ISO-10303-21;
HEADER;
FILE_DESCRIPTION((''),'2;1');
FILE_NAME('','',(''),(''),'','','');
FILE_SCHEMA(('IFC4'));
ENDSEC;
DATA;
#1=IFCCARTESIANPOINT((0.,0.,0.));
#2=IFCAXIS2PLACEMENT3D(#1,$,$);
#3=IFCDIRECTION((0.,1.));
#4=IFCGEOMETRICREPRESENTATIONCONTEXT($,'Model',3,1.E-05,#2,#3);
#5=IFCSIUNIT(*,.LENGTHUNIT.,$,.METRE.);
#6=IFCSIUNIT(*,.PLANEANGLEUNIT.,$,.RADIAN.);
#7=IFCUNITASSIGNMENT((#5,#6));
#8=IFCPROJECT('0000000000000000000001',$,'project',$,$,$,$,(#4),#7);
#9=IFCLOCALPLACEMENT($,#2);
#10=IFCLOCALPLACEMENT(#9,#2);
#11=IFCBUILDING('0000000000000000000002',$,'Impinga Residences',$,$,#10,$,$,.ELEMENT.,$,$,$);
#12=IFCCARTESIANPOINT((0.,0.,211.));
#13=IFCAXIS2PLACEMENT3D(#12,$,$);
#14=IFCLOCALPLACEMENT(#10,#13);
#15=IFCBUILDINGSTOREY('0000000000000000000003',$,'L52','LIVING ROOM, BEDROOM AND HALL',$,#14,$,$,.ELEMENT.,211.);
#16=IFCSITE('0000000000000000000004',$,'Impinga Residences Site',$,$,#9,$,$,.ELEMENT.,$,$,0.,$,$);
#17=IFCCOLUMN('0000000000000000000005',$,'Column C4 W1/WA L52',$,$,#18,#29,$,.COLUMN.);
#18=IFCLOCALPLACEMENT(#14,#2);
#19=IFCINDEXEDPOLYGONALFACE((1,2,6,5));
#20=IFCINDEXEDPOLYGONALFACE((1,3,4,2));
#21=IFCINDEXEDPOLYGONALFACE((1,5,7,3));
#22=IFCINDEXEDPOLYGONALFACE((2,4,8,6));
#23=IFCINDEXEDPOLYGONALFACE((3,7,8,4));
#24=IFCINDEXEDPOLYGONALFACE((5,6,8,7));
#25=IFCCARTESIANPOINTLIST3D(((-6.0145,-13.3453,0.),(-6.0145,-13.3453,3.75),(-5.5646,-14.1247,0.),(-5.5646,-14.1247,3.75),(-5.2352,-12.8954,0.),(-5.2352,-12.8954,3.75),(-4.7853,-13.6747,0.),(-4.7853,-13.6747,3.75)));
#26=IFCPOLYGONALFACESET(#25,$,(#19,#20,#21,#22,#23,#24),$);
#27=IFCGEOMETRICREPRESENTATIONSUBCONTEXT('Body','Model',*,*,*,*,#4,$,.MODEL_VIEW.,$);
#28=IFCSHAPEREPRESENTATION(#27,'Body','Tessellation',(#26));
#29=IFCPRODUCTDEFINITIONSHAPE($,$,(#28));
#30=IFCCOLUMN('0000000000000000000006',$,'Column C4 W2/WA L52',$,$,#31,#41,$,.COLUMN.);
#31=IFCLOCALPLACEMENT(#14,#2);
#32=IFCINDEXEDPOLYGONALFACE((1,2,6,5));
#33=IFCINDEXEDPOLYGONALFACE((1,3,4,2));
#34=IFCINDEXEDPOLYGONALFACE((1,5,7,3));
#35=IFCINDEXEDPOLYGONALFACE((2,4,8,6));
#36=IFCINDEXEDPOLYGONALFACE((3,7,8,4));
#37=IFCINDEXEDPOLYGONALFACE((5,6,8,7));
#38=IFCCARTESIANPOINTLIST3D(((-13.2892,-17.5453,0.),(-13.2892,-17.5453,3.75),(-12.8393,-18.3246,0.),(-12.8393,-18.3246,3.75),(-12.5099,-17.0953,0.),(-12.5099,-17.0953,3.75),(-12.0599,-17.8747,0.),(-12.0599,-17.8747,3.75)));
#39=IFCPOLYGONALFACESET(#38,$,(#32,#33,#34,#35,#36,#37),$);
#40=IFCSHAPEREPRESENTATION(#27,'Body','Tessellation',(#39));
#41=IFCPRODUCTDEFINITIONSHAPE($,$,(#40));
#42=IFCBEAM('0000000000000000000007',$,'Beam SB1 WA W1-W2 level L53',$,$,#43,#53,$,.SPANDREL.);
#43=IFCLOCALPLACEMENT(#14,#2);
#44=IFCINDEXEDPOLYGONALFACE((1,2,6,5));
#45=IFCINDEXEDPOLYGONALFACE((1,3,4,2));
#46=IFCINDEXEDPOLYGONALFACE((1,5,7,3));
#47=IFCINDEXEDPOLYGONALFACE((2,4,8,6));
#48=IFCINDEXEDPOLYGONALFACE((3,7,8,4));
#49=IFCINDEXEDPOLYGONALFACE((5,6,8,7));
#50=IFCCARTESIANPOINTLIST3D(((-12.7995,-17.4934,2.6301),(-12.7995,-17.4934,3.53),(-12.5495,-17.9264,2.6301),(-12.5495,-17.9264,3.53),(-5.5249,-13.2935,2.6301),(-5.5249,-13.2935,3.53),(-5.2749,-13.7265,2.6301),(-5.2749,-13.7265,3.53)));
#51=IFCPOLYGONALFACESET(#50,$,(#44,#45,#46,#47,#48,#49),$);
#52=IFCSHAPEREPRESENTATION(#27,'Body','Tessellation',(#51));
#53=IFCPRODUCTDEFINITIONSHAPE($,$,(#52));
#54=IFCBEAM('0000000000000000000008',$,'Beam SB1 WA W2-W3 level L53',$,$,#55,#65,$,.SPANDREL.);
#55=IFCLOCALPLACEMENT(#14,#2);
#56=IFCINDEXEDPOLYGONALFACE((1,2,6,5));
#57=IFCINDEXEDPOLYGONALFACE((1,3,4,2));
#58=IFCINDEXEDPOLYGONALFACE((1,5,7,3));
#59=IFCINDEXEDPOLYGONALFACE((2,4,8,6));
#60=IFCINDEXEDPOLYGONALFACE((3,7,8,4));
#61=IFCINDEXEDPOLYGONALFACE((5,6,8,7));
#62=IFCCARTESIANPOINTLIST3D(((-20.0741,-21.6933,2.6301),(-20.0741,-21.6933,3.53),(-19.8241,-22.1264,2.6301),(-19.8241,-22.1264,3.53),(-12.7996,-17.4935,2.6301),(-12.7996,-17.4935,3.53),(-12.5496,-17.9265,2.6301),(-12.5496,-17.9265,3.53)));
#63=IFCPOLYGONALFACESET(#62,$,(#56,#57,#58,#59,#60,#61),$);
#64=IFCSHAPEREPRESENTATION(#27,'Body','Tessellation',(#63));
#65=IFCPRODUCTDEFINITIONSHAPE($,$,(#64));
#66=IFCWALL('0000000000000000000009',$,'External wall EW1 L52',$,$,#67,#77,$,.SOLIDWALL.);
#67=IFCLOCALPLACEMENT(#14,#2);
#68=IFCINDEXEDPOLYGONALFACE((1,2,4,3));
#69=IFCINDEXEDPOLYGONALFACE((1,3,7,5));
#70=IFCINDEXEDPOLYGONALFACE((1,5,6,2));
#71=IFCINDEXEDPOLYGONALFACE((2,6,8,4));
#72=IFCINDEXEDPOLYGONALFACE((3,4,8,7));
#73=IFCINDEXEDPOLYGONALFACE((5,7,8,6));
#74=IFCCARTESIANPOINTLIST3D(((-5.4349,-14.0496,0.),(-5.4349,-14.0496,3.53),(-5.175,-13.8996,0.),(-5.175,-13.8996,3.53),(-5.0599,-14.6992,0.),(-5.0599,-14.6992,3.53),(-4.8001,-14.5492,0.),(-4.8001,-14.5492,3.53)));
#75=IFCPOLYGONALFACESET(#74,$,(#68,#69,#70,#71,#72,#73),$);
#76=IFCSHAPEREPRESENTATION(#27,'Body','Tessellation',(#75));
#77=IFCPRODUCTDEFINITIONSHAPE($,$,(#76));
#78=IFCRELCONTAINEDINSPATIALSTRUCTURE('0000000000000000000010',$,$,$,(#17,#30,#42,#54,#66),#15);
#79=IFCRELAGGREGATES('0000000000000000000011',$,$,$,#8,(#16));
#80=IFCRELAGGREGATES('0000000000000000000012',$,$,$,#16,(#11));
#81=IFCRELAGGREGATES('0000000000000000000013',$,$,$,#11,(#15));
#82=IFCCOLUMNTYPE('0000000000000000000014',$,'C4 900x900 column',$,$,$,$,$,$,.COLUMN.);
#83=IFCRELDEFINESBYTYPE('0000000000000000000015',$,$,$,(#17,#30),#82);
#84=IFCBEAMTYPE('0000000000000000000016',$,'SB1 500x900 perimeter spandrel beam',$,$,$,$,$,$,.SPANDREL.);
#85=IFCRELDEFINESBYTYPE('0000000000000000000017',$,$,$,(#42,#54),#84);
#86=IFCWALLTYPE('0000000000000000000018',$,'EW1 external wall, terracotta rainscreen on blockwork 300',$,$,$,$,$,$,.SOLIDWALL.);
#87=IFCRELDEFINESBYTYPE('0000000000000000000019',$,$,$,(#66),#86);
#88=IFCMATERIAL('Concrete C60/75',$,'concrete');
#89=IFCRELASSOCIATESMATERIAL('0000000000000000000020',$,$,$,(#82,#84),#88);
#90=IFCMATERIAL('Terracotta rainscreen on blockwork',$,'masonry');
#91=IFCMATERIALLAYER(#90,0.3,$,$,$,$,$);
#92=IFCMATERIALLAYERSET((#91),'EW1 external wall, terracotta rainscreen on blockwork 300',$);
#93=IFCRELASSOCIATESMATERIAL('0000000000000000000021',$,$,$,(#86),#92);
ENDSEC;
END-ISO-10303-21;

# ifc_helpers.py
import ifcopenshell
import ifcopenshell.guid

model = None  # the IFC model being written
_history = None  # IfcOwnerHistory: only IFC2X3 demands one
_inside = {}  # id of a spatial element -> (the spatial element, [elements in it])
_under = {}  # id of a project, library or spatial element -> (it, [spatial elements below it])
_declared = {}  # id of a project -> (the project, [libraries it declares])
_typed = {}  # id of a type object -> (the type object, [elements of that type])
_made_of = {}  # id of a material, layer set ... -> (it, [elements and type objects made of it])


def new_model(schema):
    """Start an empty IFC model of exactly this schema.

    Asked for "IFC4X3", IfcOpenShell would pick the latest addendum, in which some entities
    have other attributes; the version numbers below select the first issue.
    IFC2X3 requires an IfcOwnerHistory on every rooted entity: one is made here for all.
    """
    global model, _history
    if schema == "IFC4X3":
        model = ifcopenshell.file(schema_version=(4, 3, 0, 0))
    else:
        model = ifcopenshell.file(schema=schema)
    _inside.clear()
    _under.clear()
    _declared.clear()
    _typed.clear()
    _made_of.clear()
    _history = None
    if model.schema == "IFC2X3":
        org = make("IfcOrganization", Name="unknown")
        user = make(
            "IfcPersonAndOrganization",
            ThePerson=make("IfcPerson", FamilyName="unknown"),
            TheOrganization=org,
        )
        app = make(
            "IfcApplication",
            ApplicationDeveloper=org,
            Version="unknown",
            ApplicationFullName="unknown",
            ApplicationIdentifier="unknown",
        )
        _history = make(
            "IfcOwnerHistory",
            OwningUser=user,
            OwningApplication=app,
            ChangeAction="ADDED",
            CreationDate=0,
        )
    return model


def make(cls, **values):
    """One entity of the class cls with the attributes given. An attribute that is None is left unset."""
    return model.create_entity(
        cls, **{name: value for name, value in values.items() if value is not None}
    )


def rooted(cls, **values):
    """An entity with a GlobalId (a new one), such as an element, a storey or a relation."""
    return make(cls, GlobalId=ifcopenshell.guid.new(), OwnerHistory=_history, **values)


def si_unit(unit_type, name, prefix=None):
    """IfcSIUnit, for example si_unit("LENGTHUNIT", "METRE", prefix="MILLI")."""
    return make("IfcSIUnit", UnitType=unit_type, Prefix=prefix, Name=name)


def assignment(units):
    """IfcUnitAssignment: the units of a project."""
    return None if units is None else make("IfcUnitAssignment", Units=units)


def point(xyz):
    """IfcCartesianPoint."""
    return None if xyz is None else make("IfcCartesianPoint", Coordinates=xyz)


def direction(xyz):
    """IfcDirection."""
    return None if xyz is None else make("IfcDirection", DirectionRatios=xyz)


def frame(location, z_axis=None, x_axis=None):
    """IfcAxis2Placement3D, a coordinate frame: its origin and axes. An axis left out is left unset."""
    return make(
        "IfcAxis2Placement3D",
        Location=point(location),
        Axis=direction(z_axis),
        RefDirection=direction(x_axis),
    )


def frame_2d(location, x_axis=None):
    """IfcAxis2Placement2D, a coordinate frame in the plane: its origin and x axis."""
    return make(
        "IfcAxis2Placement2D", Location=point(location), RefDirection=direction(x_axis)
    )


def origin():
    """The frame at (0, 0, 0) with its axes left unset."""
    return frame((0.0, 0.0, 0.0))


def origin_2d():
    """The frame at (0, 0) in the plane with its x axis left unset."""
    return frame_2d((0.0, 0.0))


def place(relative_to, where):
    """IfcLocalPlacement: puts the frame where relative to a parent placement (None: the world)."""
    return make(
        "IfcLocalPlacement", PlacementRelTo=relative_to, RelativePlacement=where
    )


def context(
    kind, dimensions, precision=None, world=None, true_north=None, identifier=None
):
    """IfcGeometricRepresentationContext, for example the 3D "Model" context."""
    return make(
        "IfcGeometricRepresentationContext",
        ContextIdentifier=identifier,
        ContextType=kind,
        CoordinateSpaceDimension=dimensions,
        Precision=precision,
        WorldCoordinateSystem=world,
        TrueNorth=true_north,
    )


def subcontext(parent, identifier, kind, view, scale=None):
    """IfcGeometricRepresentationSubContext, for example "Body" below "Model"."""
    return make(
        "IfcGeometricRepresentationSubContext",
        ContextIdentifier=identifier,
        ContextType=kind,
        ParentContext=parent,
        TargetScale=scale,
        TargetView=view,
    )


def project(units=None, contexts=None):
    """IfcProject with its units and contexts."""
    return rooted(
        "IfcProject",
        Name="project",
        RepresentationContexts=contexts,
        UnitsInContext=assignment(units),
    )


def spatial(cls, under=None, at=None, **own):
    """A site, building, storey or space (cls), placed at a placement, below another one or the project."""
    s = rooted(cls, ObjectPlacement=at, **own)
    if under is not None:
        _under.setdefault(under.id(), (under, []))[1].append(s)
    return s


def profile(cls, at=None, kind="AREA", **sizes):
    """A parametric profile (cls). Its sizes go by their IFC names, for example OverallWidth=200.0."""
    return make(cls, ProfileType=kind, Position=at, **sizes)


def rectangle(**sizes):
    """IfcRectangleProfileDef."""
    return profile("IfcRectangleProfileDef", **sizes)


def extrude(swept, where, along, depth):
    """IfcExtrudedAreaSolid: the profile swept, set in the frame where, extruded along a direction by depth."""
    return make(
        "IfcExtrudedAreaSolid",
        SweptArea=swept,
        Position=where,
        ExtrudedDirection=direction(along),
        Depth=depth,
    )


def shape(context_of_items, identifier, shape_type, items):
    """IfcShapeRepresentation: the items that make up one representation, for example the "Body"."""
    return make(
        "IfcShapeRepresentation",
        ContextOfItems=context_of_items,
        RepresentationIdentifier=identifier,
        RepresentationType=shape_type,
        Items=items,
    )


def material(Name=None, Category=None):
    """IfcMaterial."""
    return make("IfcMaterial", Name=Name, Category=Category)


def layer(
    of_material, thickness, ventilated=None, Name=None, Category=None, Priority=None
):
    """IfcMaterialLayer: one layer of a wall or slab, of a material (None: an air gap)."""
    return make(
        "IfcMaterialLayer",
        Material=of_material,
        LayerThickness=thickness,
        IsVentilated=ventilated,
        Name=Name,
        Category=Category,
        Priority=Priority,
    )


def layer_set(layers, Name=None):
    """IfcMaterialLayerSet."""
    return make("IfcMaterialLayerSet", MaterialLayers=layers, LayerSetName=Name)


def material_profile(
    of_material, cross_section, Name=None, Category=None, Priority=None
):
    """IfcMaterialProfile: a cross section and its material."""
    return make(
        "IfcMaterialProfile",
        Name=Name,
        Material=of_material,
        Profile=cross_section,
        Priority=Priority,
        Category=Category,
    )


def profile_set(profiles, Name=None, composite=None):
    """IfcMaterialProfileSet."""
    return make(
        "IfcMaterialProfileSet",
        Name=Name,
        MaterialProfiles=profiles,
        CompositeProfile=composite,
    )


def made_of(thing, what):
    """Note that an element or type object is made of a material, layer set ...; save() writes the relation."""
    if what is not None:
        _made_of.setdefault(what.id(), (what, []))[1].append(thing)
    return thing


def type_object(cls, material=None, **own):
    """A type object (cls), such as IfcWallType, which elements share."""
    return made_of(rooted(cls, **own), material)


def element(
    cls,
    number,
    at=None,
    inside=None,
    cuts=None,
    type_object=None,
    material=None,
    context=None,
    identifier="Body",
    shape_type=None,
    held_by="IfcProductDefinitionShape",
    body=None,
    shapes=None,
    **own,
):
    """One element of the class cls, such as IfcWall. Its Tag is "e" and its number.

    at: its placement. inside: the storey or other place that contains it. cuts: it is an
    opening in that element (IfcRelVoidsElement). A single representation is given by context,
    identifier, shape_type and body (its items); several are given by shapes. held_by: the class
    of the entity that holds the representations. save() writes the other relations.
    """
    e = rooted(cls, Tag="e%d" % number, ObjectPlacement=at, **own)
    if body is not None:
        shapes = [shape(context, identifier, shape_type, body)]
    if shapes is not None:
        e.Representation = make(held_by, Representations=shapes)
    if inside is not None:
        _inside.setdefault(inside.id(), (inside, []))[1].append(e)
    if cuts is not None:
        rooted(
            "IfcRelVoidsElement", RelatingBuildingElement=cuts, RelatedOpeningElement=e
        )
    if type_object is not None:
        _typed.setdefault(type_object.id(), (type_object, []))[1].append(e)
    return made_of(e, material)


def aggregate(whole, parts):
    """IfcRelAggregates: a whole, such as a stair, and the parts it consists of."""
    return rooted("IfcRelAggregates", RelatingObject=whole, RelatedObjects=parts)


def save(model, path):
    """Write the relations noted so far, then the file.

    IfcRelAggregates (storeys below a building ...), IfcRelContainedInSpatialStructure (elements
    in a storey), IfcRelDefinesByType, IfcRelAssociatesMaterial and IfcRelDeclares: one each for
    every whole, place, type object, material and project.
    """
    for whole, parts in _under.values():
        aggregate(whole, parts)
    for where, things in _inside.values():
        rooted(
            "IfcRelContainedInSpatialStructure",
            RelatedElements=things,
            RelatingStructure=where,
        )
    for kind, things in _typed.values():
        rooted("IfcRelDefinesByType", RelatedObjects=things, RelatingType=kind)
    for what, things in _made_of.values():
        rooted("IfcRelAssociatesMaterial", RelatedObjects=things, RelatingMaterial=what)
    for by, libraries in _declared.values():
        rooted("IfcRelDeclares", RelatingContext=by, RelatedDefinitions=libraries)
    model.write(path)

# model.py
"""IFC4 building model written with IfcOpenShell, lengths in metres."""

from ifc_helpers import new_model, si_unit, direction, frame, frame_2d, origin, origin_2d, place, context, subcontext, project, spatial, rectangle, extrude, material, layer, layer_set, material_profile, profile_set, type_object, element, save


model = new_model("IFC4")

# Units and contexts
model_context = context("Model", 3, precision=1e-05, world=origin(), true_north=direction((0.0, 1.0)))
body_context = subcontext(model_context, "Body", "Model", "MODEL_VIEW")
ifc_project = project(units=[si_unit("LENGTHUNIT", "METRE"), si_unit("PLANEANGLEUNIT", "RADIAN")], contexts=[model_context])

# Site, building, storey
site_placement = place(None, origin())
site = spatial("IfcSite", under=ifc_project, at=site_placement, Name="Impinga Residences Site", CompositionType="ELEMENT", RefElevation=0.0)
building_placement = place(site_placement, origin())
building = spatial("IfcBuilding", under=site, at=building_placement, Name="Impinga Residences", CompositionType="ELEMENT")
storey_placement = place(building_placement, frame((0.0, 0.0, 211.0)))
storey = spatial("IfcBuildingStorey", under=building, at=storey_placement, Name="L52", Description="LIVING ROOM, BEDROOM AND HALL", CompositionType="ELEMENT", Elevation=211.0)

# Columns
ifc_material_1 = material(Name="Concrete C60/75", Category="concrete")
ifc_material_profile_1 = material_profile(ifc_material_1, rectangle(XDim=0.8999, YDim=0.8999, at=origin_2d()), Name="RC 900x900")
ifc_profile_set_1 = profile_set([ifc_material_profile_1], Name="Concrete C60/75")
column_type = type_object("IfcColumnType", Name="C4 900x900 column", PredefinedType="COLUMN", material=ifc_profile_set_1)
for number, where, z_axis, x_axis, name in (
    (1, (-5.3999, -13.51, 0.0), (0.0, 0.0, 1.0), (-0.5, 0.866025, 0.0), "Column C4 W1/WA L52"),
    (2, (-12.6746, -17.71, 0.0), (0.0, 0.0, 1.0), (-0.5, 0.866025, 0.0), "Column C4 W2/WA L52"),
):
    element("IfcColumn", number, at=place(storey_placement, frame(where, z_axis=z_axis, x_axis=x_axis)), inside=storey, type_object=column_type, Name=name, PredefinedType="COLUMN", context=body_context, shape_type="SweptSolid", body=[
        extrude(rectangle(XDim=0.8999, YDim=0.8999, at=origin_2d()), origin(), (0.0, 0.0, 1.0), 3.75),
    ])

# Beams
ifc_material_profile_2 = material_profile(ifc_material_1, rectangle(XDim=0.5, YDim=0.8999, at=origin_2d()), Name="RC 500x900")
ifc_profile_set_2 = profile_set([ifc_material_profile_2], Name="Concrete C60/75")
beam_type = type_object("IfcBeamType", Name="SB1 500x900 perimeter spandrel beam", PredefinedType="SPANDREL", material=ifc_profile_set_2)
for number, where, z_axis, x_axis, name in (
    (3, (-5.3999, -13.51, 3.0801), (-0.866029, -0.499993, 0.0), (0.499993, -0.866029, 0.0), "Beam SB1 WA W1-W2 level L53"),
    (4, (-12.6746, -17.71, 3.0801), (-0.866029, -0.499993, 0.0), (0.499993, -0.866029, 0.0), "Beam SB1 WA W2-W3 level L53"),
):
    element("IfcBeam", number, at=place(storey_placement, frame(where, z_axis=z_axis, x_axis=x_axis)), inside=storey, type_object=beam_type, Name=name, PredefinedType="SPANDREL", context=body_context, shape_type="SweptSolid", body=[
        extrude(rectangle(XDim=0.5, YDim=0.8999, at=origin_2d()), origin(), (0.0, 0.0, 1.0), 8.3999),
    ])

# Wall
ifc_material_2 = material(Name="Terracotta rainscreen on blockwork", Category="masonry")
ifc_layer_1 = layer(ifc_material_2, 0.3)
ifc_layer_set_1 = layer_set([ifc_layer_1], Name="EW1 external wall, terracotta rainscreen on blockwork 300")
wall_type_1 = type_object("IfcWallType", Name="EW1 external wall, terracotta rainscreen on blockwork 300", PredefinedType="SOLIDWALL", material=ifc_layer_set_1)
wall_1_placement = place(storey_placement, frame((-5.3049, -13.9746, 0.0), z_axis=(0.0, 0.0, 1.0), x_axis=(0.49992, -0.866072, 0.0)))
element("IfcWall", 5, at=wall_1_placement, inside=storey, type_object=wall_type_1, Name="External wall EW1 L52", PredefinedType="SOLIDWALL", context=body_context, shape_type="SweptSolid", body=[
    extrude(rectangle(XDim=0.75, YDim=0.3, at=frame_2d((0.375, 0.0))), origin(), (0.0, 0.0, 1.0), 3.53),
])

save(model, "model.ifc")
